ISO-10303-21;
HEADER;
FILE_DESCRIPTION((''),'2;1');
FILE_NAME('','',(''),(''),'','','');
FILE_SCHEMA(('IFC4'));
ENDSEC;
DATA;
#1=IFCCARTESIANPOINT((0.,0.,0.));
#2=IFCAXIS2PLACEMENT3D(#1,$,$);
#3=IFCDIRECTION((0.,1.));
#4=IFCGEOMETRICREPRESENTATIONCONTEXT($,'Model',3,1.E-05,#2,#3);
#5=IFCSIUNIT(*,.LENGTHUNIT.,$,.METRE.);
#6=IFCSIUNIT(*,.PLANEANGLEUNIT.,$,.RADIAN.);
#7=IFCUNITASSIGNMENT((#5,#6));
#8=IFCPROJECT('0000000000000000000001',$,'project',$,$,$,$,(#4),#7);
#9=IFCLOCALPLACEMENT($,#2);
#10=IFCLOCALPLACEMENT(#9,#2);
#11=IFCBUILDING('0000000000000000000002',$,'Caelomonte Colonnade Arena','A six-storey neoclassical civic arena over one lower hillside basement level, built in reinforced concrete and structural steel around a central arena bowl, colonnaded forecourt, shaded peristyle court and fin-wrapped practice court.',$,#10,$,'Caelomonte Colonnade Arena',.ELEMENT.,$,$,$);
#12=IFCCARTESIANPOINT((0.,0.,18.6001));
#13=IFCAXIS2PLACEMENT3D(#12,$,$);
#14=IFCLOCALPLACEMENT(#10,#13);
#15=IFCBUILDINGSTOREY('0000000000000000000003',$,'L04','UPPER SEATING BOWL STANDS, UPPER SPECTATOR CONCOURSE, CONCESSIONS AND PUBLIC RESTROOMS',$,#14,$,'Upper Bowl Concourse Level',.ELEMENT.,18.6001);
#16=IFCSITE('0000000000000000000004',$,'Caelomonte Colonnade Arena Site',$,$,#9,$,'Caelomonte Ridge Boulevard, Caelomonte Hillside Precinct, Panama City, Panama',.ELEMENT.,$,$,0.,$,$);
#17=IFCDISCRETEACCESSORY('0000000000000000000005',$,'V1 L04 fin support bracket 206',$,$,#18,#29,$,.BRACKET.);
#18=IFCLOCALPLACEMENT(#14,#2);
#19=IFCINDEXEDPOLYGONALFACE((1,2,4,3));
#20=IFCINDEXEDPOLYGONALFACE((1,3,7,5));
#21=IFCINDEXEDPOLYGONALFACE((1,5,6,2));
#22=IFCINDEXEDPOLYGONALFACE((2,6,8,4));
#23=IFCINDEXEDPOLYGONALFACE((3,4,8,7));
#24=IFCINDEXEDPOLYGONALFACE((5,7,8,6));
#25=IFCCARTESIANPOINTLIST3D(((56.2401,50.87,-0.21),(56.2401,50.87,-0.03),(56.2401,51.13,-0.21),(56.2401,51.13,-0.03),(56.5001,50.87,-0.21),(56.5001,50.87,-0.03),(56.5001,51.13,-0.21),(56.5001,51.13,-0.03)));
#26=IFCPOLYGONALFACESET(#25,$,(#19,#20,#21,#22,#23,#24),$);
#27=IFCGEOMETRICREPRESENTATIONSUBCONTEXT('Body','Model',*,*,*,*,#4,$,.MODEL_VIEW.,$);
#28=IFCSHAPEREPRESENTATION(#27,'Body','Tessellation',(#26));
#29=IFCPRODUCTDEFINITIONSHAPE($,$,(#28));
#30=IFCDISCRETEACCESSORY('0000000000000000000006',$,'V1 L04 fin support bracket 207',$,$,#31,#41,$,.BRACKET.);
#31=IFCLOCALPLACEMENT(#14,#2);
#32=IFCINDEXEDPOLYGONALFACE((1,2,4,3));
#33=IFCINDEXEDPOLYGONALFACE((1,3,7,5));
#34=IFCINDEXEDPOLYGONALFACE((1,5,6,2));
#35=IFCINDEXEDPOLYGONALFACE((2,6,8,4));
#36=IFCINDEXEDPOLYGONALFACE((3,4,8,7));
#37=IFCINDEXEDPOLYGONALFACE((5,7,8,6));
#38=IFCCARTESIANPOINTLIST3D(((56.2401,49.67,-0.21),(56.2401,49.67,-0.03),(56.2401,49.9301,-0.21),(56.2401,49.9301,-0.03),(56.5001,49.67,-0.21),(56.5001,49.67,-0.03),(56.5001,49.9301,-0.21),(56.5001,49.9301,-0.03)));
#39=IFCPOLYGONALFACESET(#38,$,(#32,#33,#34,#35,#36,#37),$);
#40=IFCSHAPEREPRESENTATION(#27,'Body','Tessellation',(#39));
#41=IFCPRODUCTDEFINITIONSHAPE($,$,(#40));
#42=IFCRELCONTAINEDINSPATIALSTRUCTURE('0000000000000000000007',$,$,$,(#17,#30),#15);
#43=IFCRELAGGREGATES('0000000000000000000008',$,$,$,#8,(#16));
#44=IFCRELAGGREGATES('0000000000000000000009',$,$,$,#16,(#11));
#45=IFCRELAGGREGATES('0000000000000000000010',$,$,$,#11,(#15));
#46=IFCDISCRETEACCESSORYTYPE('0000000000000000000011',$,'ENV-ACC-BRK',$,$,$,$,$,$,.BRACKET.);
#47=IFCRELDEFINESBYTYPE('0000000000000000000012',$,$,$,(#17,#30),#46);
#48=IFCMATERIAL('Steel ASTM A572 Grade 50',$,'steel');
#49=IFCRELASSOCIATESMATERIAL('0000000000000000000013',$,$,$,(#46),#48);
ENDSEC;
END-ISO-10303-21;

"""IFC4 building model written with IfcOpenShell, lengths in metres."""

from ifc_helpers import new_model, si_unit, direction, frame, origin, origin_2d, place, context, subcontext, project, spatial, rectangle, extrude, material, type_object, element, save


model = new_model("IFC4")

# Units and contexts
model_context = context("Model", 3, precision=1e-05, world=origin(), true_north=direction((0.0, 1.0)))
body_context = subcontext(model_context, "Body", "Model", "MODEL_VIEW")
ifc_project = project(units=[si_unit("LENGTHUNIT", "METRE"), si_unit("PLANEANGLEUNIT", "RADIAN")], contexts=[model_context])

# Site, building, storey
site_placement = place(None, origin())
site = spatial("IfcSite", under=ifc_project, at=site_placement, Name="Caelomonte Colonnade Arena Site", LongName="Caelomonte Ridge Boulevard, Caelomonte Hillside Precinct, Panama City, Panama", CompositionType="ELEMENT", RefElevation=0.0)
building_placement = place(site_placement, origin())
building = spatial("IfcBuilding", under=site, at=building_placement, Name="Caelomonte Colonnade Arena", Description="A six-storey neoclassical civic arena over one lower hillside basement level, built in reinforced concrete and structural steel around a central arena bowl, colonnaded forecourt, shaded peristyle court and fin-wrapped practice court.", LongName="Caelomonte Colonnade Arena", CompositionType="ELEMENT")
storey_placement = place(building_placement, frame((0.0, 0.0, 18.6001)))
storey = spatial("IfcBuildingStorey", under=building, at=storey_placement, Name="L04", Description="UPPER SEATING BOWL STANDS, UPPER SPECTATOR CONCOURSE, CONCESSIONS AND PUBLIC RESTROOMS", LongName="Upper Bowl Concourse Level", CompositionType="ELEMENT", Elevation=18.6001)

# Discrete accessories
ifc_material_1 = material(Name="Steel ASTM A572 Grade 50", Category="steel")
discrete_accessory_type = type_object("IfcDiscreteAccessoryType", Name="ENV-ACC-BRK", PredefinedType="BRACKET", material=ifc_material_1)
for number, where, z_axis, x_axis, name in (
    (1, (56.3701, 51.0, -0.21), (0.0, 0.0, 1.0), (0.0, -1.0, 0.0), "V1 L04 fin support bracket 206"),
    (2, (56.3701, 49.8, -0.21), (0.0, 0.0, 1.0), (0.0, -1.0, 0.0), "V1 L04 fin support bracket 207"),
):
    element("IfcDiscreteAccessory", number, at=place(storey_placement, frame(where, z_axis=z_axis, x_axis=x_axis)), inside=storey, type_object=discrete_accessory_type, Name=name, PredefinedType="BRACKET", context=body_context, shape_type="SweptSolid", body=[
        extrude(rectangle(XDim=0.26, YDim=0.26, at=origin_2d()), origin(), (0.0, 0.0, 1.0), 0.1799),
    ])

save(model, "model.ifc")
